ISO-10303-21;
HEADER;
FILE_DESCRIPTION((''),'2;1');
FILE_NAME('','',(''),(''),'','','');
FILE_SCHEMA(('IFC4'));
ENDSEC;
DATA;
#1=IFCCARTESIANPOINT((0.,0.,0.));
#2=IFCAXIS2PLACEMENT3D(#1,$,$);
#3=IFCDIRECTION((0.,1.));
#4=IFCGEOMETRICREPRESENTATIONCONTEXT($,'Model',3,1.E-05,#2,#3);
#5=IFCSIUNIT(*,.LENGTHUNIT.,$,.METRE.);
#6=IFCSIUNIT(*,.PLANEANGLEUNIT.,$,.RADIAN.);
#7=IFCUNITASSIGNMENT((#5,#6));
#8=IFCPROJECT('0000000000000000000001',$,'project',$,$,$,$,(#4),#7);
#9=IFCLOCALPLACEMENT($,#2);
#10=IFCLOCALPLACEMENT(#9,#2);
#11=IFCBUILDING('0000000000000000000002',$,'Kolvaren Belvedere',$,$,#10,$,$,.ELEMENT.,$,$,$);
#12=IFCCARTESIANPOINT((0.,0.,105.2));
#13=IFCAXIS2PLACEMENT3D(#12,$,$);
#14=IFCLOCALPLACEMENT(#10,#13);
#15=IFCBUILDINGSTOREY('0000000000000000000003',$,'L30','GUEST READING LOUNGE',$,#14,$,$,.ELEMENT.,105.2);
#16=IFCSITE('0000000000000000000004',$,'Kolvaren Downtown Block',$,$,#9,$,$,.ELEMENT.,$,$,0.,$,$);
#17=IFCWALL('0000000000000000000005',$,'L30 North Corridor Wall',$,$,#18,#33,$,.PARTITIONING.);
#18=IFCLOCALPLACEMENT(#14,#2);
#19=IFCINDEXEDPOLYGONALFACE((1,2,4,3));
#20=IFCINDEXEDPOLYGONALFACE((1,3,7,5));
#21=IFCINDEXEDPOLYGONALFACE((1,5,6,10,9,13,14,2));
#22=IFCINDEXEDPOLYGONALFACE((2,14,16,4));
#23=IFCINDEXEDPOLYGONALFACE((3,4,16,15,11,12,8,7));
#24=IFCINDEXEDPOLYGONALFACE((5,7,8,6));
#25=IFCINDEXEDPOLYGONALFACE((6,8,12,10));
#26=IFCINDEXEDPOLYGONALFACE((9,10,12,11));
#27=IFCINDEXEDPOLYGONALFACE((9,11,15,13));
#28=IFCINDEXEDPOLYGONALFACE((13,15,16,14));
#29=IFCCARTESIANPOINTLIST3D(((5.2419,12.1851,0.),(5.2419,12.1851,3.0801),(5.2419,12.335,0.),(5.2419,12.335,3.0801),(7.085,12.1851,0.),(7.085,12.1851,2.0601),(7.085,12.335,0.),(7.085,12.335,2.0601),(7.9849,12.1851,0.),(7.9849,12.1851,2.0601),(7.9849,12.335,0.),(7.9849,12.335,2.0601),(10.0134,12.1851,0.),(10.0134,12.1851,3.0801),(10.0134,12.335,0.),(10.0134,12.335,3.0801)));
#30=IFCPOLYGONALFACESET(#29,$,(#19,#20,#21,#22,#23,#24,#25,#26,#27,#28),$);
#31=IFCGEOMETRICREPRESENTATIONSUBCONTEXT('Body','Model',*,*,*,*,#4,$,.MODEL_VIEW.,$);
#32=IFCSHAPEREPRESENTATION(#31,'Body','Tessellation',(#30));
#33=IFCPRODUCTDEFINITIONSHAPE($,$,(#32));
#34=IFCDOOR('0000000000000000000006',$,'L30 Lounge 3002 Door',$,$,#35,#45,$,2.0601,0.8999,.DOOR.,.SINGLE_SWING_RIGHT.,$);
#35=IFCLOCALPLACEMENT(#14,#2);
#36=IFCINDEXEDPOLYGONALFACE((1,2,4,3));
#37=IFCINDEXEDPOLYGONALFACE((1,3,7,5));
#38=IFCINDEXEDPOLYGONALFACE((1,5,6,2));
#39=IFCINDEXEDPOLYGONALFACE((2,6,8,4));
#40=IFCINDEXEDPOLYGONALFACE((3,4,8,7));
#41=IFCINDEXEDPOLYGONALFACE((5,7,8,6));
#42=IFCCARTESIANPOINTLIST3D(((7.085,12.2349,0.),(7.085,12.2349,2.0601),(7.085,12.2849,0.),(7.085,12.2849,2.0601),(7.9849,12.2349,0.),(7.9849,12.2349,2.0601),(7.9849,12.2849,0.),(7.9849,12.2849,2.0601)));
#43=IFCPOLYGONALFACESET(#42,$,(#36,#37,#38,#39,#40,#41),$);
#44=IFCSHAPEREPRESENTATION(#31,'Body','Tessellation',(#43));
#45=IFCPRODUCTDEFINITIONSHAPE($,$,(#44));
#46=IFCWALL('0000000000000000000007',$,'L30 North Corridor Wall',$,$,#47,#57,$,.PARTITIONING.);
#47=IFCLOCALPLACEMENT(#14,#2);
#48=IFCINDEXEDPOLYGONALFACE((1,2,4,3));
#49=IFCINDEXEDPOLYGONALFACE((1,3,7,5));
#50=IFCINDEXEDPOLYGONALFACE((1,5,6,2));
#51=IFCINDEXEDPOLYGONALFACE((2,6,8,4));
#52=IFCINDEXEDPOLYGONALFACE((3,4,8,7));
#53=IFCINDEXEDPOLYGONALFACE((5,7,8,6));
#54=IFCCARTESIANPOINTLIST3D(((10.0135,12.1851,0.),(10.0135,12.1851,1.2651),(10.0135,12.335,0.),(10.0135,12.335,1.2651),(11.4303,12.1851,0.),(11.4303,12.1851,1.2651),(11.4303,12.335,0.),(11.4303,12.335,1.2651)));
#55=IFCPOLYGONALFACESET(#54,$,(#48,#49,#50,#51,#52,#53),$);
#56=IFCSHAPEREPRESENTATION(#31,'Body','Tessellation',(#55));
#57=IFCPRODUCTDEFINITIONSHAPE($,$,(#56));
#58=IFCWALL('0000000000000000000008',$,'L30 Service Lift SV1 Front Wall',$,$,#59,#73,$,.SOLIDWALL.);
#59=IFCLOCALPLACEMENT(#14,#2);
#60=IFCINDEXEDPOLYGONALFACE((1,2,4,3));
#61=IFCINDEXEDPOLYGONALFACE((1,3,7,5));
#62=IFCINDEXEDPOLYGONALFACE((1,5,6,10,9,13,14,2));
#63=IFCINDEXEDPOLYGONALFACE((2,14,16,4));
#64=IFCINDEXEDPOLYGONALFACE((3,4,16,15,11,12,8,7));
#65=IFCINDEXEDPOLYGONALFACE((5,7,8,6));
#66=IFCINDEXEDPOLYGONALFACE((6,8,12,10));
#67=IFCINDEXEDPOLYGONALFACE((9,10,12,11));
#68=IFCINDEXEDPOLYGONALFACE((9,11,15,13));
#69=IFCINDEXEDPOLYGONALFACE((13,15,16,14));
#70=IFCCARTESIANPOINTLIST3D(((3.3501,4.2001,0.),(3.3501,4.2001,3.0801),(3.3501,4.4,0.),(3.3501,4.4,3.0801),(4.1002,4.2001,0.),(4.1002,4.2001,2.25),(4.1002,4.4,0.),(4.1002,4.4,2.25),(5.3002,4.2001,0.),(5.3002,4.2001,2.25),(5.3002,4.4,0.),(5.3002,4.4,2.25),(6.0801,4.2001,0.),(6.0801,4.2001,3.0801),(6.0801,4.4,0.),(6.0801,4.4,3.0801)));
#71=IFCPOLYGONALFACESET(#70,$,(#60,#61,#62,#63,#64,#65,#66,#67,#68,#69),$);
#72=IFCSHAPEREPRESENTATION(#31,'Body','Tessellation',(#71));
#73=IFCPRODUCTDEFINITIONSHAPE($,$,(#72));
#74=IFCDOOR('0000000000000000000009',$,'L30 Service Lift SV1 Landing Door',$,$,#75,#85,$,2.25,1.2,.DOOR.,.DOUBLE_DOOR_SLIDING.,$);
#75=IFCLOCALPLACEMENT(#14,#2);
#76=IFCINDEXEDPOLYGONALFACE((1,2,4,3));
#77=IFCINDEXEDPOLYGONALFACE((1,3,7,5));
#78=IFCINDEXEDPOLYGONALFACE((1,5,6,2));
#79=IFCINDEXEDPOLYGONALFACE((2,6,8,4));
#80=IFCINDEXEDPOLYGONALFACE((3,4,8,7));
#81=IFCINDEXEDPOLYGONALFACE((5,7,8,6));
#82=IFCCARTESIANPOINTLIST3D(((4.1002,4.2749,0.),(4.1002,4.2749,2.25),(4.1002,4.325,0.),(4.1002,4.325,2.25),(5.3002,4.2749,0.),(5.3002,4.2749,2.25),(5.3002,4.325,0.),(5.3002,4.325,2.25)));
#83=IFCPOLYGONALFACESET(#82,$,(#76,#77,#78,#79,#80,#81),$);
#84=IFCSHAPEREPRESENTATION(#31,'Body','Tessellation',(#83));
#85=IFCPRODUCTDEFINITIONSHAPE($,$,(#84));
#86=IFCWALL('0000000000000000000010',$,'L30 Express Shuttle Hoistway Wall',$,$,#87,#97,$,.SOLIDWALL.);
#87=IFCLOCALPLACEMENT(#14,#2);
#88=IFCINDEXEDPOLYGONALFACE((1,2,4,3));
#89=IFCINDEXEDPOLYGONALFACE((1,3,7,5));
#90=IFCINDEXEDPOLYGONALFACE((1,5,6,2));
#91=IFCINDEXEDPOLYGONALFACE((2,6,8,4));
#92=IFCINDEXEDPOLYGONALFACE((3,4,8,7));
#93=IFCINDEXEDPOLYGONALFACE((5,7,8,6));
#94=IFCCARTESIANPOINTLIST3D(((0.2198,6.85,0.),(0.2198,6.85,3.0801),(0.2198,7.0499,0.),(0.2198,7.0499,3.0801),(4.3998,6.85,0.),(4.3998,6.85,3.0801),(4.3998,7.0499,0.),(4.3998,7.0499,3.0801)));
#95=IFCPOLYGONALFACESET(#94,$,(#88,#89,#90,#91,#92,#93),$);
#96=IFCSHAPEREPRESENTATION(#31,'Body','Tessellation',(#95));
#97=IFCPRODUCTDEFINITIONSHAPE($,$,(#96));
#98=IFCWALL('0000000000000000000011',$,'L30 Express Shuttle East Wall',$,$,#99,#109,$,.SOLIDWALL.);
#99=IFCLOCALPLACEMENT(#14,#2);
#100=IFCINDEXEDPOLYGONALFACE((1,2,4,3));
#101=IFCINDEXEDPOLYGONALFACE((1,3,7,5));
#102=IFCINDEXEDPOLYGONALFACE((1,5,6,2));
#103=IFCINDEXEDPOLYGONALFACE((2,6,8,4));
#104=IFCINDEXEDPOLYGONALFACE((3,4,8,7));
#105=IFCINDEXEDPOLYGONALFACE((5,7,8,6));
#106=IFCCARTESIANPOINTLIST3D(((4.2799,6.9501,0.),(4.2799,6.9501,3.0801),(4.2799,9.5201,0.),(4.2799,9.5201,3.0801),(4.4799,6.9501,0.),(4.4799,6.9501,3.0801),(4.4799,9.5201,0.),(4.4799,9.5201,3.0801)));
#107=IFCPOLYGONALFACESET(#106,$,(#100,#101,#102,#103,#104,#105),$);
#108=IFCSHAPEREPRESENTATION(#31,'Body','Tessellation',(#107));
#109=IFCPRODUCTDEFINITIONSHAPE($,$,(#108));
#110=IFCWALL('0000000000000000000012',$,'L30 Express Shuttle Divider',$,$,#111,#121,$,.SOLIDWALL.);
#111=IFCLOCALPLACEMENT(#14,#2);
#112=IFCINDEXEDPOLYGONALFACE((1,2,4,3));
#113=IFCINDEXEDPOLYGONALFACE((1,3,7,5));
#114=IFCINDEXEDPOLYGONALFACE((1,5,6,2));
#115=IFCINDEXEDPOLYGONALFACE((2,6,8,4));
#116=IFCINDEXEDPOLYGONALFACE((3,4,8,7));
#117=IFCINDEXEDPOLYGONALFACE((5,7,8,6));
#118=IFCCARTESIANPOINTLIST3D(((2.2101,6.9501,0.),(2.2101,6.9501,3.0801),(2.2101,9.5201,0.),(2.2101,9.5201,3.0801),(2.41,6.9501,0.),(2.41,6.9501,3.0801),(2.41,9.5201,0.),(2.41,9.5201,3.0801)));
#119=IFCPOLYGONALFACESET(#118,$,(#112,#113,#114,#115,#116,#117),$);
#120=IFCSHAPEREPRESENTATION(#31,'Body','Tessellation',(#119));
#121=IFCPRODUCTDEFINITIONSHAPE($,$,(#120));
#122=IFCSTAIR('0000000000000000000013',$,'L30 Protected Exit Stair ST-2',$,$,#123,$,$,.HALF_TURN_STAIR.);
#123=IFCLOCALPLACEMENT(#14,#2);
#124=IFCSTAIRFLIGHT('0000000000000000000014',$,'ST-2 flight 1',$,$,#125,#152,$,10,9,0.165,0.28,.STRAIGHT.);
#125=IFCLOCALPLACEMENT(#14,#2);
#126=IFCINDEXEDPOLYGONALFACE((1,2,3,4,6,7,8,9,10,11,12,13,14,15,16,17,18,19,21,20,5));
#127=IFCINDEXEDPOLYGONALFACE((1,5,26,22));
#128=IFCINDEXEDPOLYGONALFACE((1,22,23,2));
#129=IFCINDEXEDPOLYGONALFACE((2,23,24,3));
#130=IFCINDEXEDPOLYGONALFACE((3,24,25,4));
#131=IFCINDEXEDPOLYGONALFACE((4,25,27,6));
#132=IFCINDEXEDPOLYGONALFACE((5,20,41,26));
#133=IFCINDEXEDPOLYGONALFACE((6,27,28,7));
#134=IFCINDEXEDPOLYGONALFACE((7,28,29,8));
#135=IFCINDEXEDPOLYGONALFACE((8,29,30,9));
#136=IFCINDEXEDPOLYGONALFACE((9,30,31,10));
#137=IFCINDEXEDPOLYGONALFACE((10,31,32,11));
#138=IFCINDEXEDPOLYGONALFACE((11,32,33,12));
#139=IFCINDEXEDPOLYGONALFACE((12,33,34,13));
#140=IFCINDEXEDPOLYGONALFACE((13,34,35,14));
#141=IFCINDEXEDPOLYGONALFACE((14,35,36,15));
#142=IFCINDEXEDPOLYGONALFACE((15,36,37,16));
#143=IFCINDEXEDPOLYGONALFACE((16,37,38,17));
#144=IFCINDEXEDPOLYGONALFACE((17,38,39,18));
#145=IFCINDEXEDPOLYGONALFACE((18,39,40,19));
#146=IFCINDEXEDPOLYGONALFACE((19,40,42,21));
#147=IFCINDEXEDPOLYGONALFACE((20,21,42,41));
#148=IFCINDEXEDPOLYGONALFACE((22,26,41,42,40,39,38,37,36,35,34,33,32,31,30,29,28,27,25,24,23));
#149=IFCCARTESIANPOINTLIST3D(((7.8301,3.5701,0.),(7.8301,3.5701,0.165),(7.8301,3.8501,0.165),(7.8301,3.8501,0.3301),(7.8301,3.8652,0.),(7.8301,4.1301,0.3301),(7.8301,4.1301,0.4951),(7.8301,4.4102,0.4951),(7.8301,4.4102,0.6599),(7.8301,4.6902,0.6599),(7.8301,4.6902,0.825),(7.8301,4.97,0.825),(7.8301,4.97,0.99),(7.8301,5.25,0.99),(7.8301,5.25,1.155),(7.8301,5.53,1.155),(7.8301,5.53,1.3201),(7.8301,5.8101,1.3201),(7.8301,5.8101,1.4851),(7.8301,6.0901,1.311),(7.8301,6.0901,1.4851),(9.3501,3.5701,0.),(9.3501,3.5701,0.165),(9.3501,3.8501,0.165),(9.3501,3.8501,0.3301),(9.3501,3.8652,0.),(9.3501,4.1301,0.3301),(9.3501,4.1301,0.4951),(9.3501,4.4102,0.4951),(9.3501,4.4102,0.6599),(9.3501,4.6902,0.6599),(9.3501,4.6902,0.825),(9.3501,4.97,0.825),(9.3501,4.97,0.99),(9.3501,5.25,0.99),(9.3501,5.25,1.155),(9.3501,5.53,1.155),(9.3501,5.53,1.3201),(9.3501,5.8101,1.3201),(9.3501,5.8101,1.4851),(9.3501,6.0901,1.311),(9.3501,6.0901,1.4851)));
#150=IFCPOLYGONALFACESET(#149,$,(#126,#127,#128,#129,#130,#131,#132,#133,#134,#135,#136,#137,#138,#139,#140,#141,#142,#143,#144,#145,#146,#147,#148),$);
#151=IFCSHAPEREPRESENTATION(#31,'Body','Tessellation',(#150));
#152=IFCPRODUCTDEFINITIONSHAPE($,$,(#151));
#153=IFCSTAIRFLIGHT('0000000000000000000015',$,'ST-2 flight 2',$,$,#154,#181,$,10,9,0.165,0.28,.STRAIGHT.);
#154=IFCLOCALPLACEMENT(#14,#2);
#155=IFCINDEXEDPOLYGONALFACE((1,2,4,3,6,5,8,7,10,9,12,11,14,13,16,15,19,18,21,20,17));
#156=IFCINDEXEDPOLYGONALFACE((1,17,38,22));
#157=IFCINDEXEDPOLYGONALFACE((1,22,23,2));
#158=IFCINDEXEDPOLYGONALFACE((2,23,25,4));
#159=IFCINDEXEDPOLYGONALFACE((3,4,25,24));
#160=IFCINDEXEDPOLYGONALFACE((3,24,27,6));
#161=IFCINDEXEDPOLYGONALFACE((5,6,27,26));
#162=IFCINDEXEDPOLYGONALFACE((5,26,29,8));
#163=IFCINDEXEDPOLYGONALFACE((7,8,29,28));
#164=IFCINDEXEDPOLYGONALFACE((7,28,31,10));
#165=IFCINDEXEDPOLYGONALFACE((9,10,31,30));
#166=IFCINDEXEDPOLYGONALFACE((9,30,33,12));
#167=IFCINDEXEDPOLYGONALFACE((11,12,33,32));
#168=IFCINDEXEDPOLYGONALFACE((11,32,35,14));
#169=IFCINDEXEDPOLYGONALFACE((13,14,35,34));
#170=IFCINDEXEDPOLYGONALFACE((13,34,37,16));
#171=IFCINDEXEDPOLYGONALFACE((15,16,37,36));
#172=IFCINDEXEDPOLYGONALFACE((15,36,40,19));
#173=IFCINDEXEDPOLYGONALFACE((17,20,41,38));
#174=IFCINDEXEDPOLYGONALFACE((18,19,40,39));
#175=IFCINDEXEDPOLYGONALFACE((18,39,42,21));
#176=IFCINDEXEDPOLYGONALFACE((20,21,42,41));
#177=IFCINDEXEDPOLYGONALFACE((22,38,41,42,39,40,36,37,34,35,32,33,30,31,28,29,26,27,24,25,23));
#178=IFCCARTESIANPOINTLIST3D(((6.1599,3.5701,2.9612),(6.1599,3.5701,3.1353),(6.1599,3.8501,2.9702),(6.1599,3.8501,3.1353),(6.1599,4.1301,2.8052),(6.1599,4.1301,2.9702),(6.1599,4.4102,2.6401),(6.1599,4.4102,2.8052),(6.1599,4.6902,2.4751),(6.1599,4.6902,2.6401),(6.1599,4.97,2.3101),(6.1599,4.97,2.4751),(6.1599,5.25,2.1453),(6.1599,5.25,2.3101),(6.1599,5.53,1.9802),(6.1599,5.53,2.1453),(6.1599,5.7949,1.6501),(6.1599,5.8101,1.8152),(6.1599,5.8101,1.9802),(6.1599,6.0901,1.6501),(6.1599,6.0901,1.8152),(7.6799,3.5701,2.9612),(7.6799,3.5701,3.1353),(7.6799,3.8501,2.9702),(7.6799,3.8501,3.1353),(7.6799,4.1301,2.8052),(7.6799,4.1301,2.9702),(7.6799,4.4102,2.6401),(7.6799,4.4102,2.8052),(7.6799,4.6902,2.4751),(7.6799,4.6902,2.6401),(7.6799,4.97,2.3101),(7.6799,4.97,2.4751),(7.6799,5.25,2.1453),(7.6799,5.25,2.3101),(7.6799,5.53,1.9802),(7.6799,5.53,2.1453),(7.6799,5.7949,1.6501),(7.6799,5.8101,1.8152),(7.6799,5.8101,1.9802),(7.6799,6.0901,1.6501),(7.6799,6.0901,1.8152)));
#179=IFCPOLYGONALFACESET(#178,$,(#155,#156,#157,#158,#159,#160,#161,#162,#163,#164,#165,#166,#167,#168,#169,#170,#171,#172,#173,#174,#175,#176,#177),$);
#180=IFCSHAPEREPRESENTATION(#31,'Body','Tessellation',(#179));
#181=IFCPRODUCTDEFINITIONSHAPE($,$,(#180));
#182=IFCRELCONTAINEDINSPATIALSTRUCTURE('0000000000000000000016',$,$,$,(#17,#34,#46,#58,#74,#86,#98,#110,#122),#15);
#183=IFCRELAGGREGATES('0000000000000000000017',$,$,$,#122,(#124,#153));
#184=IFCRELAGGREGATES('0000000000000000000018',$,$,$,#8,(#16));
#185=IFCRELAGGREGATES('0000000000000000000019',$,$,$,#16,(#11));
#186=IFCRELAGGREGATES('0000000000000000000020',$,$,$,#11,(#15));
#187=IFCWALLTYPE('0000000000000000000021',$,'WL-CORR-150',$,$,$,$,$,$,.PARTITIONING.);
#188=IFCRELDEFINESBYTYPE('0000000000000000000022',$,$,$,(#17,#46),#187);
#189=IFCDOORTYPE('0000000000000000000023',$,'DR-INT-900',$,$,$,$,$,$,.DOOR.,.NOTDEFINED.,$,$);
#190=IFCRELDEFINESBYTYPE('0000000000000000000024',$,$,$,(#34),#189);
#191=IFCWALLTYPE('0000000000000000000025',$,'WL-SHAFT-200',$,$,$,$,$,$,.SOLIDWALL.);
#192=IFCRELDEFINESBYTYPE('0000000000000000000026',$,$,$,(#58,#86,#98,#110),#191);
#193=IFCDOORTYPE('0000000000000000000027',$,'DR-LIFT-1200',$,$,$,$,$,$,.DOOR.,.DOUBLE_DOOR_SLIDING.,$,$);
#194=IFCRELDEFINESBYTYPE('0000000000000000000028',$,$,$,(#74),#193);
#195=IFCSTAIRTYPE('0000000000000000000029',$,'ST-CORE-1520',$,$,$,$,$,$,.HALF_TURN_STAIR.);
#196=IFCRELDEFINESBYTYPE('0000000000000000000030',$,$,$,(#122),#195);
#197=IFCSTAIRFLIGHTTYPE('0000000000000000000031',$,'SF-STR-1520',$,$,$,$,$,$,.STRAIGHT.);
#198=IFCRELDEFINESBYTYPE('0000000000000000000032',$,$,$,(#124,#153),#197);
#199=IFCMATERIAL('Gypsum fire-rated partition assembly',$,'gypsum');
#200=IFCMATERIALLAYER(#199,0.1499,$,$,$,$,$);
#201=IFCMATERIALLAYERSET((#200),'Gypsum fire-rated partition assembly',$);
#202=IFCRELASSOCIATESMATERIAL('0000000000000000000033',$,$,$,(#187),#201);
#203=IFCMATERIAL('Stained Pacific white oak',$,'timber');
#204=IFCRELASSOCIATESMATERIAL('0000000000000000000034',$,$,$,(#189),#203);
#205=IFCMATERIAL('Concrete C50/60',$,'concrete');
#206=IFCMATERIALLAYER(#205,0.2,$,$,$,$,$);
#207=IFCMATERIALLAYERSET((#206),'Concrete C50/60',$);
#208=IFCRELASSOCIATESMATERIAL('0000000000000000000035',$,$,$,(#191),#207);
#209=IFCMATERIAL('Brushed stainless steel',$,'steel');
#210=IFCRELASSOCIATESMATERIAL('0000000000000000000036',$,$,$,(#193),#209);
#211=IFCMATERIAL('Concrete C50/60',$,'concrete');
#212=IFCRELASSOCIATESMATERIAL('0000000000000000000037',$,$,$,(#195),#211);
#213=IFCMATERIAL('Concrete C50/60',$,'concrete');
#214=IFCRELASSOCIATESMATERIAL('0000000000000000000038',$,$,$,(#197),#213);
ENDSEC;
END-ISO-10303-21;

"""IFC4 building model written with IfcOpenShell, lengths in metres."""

from ifc_helpers import new_model, si_unit, direction, frame, frame_2d, origin, place, context, subcontext, project, spatial, polyline, rectangle, outline, extrude, material, layer, layer_set, type_object, element, fill, aggregate, save


model = new_model("IFC4")

# Units and contexts
model_context = context("Model", 3, precision=1e-05, world=origin(), true_north=direction((0.0, 1.0)))
body_context = subcontext(model_context, "Body", "Model", "MODEL_VIEW")
ifc_project = project(units=[si_unit("LENGTHUNIT", "METRE"), si_unit("PLANEANGLEUNIT", "RADIAN")], contexts=[model_context])

# Site, building, storey
site_placement = place(None, origin())
site = spatial("IfcSite", under=ifc_project, at=site_placement, Name="Kolvaren Downtown Block", CompositionType="ELEMENT", RefElevation=0.0)
building_placement = place(site_placement, origin())
building = spatial("IfcBuilding", under=site, at=building_placement, Name="Kolvaren Belvedere", CompositionType="ELEMENT")
storey_placement = place(building_placement, frame((0.0, 0.0, 105.2)))
storey = spatial("IfcBuildingStorey", under=building, at=storey_placement, Name="L30", Description="GUEST READING LOUNGE", CompositionType="ELEMENT", Elevation=105.2)

# Shared definitions
ifc_material_1 = material(Name="Gypsum fire-rated partition assembly", Category="gypsum")
ifc_layer_1 = layer(ifc_material_1, 0.1499)
ifc_layer_set_1 = layer_set([ifc_layer_1], Name="Gypsum fire-rated partition assembly")
wall_type_1 = type_object("IfcWallType", Name="WL-CORR-150", PredefinedType="PARTITIONING", material=ifc_layer_set_1)

# Wall, opening, door
wall_1_placement = place(storey_placement, frame((5.2419, 12.26, 0.0), z_axis=(0.0, 0.0, 1.0), x_axis=(1.0, 0.0, 0.0)))
wall_1 = element("IfcWall", 1, at=wall_1_placement, inside=storey, type_object=wall_type_1, Name="L30 North Corridor Wall", PredefinedType="PARTITIONING", context=body_context, shape_type="SweptSolid", body=[
    extrude(rectangle(XDim=4.7715, YDim=0.1499, at=frame_2d((2.3857, 0.0))), origin(), (0.0, 0.0, 1.0), 3.0801),
])
opening_1_placement = place(wall_1_placement, frame((1.843, 0.0, 0.0)))
opening_1 = element("IfcOpeningElement", 2, at=opening_1_placement, cuts=wall_1, PredefinedType="OPENING", context=body_context, shape_type="SweptSolid", body=[
    extrude(rectangle(XDim=0.8999, YDim=2.0601, at=frame_2d((0.45, 1.03))), frame((0.0, 0.085, 0.0), z_axis=(0.0, -1.0, 0.0), x_axis=(1.0, 0.0, 0.0)), (0.0, 0.0, 1.0), 0.1699),
])
ifc_material_2 = material(Name="Stained Pacific white oak", Category="timber")
door_type_1 = type_object("IfcDoorType", Name="DR-INT-900", OperationType="NOTDEFINED", PredefinedType="DOOR", material=ifc_material_2)
door_1_placement = place(opening_1_placement, origin())
door_1 = element("IfcDoor", 3, at=door_1_placement, inside=storey, type_object=door_type_1, Name="L30 Lounge 3002 Door", OperationType="SINGLE_SWING_RIGHT", OverallHeight=2.0601, OverallWidth=0.8999, PredefinedType="DOOR", context=body_context, shape_type="SweptSolid", body=[
    extrude(rectangle(XDim=0.8999, YDim=2.0601, at=frame_2d((0.45, 1.03))), frame((0.0, 0.0249, 0.0), z_axis=(0.0, -1.0, 0.0), x_axis=(1.0, 0.0, 0.0)), (0.0, 0.0, 1.0), 0.05),
])
fill(opening_1, door_1)

# Wall
wall_2_placement = place(storey_placement, frame((10.0134, 12.26, 0.0), z_axis=(0.0, 0.0, 1.0), x_axis=(1.0, 0.0, 0.0)))
element("IfcWall", 4, at=wall_2_placement, inside=storey, type_object=wall_type_1, Name="L30 North Corridor Wall", PredefinedType="PARTITIONING", context=body_context, shape_type="SweptSolid", body=[
    extrude(rectangle(XDim=1.4167, YDim=0.1499, at=frame_2d((0.7085, 0.0))), origin(), (0.0, 0.0, 1.0), 1.2651),
])

# Wall, opening, door
ifc_material_3 = material(Name="Concrete C50/60", Category="concrete")
ifc_layer_2 = layer(ifc_material_3, 0.2)
ifc_layer_set_2 = layer_set([ifc_layer_2], Name="Concrete C50/60")
wall_type_2 = type_object("IfcWallType", Name="WL-SHAFT-200", PredefinedType="SOLIDWALL", material=ifc_layer_set_2)
wall_3_placement = place(storey_placement, frame((3.3501, 4.3, 0.0), z_axis=(0.0, 0.0, 1.0), x_axis=(1.0, 0.0, 0.0)))
wall_3 = element("IfcWall", 5, at=wall_3_placement, inside=storey, type_object=wall_type_2, Name="L30 Service Lift SV1 Front Wall", PredefinedType="SOLIDWALL", context=body_context, shape_type="SweptSolid", body=[
    extrude(rectangle(XDim=2.73, YDim=0.2, at=frame_2d((1.365, 0.0))), origin(), (0.0, 0.0, 1.0), 3.0801),
])
opening_2_placement = place(wall_3_placement, frame((0.75, 0.0, 0.0)))
opening_2 = element("IfcOpeningElement", 6, at=opening_2_placement, cuts=wall_3, PredefinedType="OPENING", context=body_context, shape_type="SweptSolid", body=[
    extrude(rectangle(XDim=1.2, YDim=2.25, at=frame_2d((0.6001, 1.125))), frame((0.0, 0.1099, 0.0), z_axis=(0.0, -1.0, 0.0), x_axis=(1.0, 0.0, 0.0)), (0.0, 0.0, 1.0), 0.22),
])
ifc_material_4 = material(Name="Brushed stainless steel", Category="steel")
door_type_2 = type_object("IfcDoorType", Name="DR-LIFT-1200", OperationType="DOUBLE_DOOR_SLIDING", PredefinedType="DOOR", material=ifc_material_4)
door_2_placement = place(opening_2_placement, origin())
door_2 = element("IfcDoor", 7, at=door_2_placement, inside=storey, type_object=door_type_2, Name="L30 Service Lift SV1 Landing Door", OperationType="DOUBLE_DOOR_SLIDING", OverallHeight=2.25, OverallWidth=1.2, PredefinedType="DOOR", context=body_context, shape_type="SweptSolid", body=[
    extrude(rectangle(XDim=1.2, YDim=2.25, at=frame_2d((0.6001, 1.125))), frame((0.0, 0.0249, 0.0), z_axis=(0.0, -1.0, 0.0), x_axis=(1.0, 0.0, 0.0)), (0.0, 0.0, 1.0), 0.05),
])
fill(opening_2, door_2)

# Walls
wall_4_placement = place(storey_placement, frame((0.22, 6.95, 0.0), z_axis=(0.0, 0.0, 1.0), x_axis=(1.0, 0.0, 0.0)))
element("IfcWall", 8, at=wall_4_placement, inside=storey, type_object=wall_type_2, Name="L30 Express Shuttle Hoistway Wall", PredefinedType="SOLIDWALL", context=body_context, shape_type="SweptSolid", body=[
    extrude(rectangle(XDim=4.1799, YDim=0.2, at=frame_2d((2.0898, 0.0))), origin(), (0.0, 0.0, 1.0), 3.0801),
])
for number, where, z_axis, x_axis, name in (
    (9, (4.3799, 6.95, 0.0), (0.0, 0.0, 1.0), (0.0, 1.0, 0.0), "L30 Express Shuttle East Wall"),
    (10, (2.3101, 6.95, 0.0), (0.0, 0.0, 1.0), (0.0, 1.0, 0.0), "L30 Express Shuttle Divider"),
):
    element("IfcWall", number, at=place(storey_placement, frame(where, z_axis=z_axis, x_axis=x_axis)), inside=storey, type_object=wall_type_2, Name=name, PredefinedType="SOLIDWALL", context=body_context, shape_type="SweptSolid", body=[
        extrude(rectangle(XDim=2.5701, YDim=0.2, at=frame_2d((1.2852, 0.0))), origin(), (0.0, 0.0, 1.0), 3.0801),
    ])

# Stair, stair flights
ifc_material_5 = material(Name="Concrete C50/60", Category="concrete")
stair_type = type_object("IfcStairType", Name="ST-CORE-1520", PredefinedType="HALF_TURN_STAIR", material=ifc_material_5)
stair_placement = place(storey_placement, origin())
stair = element("IfcStair", 11, at=stair_placement, inside=storey, type_object=stair_type, Name="L30 Protected Exit Stair ST-2", PredefinedType="HALF_TURN_STAIR")
ifc_material_6 = material(Name="Concrete C50/60", Category="concrete")
stair_flight_type = type_object("IfcStairFlightType", Name="SF-STR-1520", PredefinedType="STRAIGHT", material=ifc_material_6)
stair_flight_1_placement = place(storey_placement, frame((8.5901, 3.5701, 0.0), z_axis=(0.0, 0.0, 1.0), x_axis=(0.0, 1.0, 0.0)))
stair_flight_1 = element("IfcStairFlight", 12, at=stair_flight_1_placement, type_object=stair_flight_type, Name="ST-2 flight 1", NumberOfRisers=10, NumberOfTreads=9, PredefinedType="STRAIGHT", RiserHeight=0.165, TreadLength=0.28, context=body_context, shape_type="SweptSolid", body=[
    extrude(outline(polyline([(0.0, 0.0), (0.0, 0.165), (0.28, 0.165), (0.28, 0.3301), (0.5601, 0.3301), (0.5601, 0.4951), (0.8401, 0.4951), (0.8401, 0.6599), (1.1201, 0.6599), (1.1201, 0.825), (1.3999, 0.825), (1.3999, 0.99), (1.6799, 0.99), (1.6799, 1.155), (1.96, 1.155), (1.96, 1.3201), (2.24, 1.3201), (2.24, 1.4851), (2.52, 1.4851), (2.52, 1.6499), (2.52, 1.311), (0.2952, 0.0), (0.0, 0.0)])), frame((0.0, 0.76, 0.0), z_axis=(0.0, -1.0, 0.0), x_axis=(1.0, 0.0, 0.0)), (0.0, 0.0, 1.0), 1.52),
])
stair_flight_2_placement = place(storey_placement, frame((6.9199, 6.0901, 1.6501), z_axis=(0.0, 0.0, 1.0), x_axis=(0.0, -1.0, 0.0)))
stair_flight_2 = element("IfcStairFlight", 13, at=stair_flight_2_placement, type_object=stair_flight_type, Name="ST-2 flight 2", NumberOfRisers=10, NumberOfTreads=9, PredefinedType="STRAIGHT", RiserHeight=0.165, TreadLength=0.28, context=body_context, shape_type="SweptSolid", body=[
    extrude(outline(polyline([(0.0, 0.0), (0.0, 0.165), (0.28, 0.165), (0.28, 0.3301), (0.5601, 0.3301), (0.5601, 0.4951), (0.8401, 0.4951), (0.8401, 0.6599), (1.1201, 0.6599), (1.1201, 0.825), (1.3999, 0.825), (1.3999, 0.99), (1.6799, 0.99), (1.6799, 1.155), (1.96, 1.155), (1.96, 1.3201), (2.24, 1.3201), (2.24, 1.4851), (2.52, 1.4851), (2.52, 1.6499), (2.52, 1.311), (0.2952, 0.0), (0.0, 0.0)])), frame((0.0, 0.76, 0.0), z_axis=(0.0, -1.0, 0.0), x_axis=(1.0, 0.0, 0.0)), (0.0, 0.0, 1.0), 1.52),
])
aggregate(stair, [stair_flight_1, stair_flight_2])

save(model, "model.ifc")
